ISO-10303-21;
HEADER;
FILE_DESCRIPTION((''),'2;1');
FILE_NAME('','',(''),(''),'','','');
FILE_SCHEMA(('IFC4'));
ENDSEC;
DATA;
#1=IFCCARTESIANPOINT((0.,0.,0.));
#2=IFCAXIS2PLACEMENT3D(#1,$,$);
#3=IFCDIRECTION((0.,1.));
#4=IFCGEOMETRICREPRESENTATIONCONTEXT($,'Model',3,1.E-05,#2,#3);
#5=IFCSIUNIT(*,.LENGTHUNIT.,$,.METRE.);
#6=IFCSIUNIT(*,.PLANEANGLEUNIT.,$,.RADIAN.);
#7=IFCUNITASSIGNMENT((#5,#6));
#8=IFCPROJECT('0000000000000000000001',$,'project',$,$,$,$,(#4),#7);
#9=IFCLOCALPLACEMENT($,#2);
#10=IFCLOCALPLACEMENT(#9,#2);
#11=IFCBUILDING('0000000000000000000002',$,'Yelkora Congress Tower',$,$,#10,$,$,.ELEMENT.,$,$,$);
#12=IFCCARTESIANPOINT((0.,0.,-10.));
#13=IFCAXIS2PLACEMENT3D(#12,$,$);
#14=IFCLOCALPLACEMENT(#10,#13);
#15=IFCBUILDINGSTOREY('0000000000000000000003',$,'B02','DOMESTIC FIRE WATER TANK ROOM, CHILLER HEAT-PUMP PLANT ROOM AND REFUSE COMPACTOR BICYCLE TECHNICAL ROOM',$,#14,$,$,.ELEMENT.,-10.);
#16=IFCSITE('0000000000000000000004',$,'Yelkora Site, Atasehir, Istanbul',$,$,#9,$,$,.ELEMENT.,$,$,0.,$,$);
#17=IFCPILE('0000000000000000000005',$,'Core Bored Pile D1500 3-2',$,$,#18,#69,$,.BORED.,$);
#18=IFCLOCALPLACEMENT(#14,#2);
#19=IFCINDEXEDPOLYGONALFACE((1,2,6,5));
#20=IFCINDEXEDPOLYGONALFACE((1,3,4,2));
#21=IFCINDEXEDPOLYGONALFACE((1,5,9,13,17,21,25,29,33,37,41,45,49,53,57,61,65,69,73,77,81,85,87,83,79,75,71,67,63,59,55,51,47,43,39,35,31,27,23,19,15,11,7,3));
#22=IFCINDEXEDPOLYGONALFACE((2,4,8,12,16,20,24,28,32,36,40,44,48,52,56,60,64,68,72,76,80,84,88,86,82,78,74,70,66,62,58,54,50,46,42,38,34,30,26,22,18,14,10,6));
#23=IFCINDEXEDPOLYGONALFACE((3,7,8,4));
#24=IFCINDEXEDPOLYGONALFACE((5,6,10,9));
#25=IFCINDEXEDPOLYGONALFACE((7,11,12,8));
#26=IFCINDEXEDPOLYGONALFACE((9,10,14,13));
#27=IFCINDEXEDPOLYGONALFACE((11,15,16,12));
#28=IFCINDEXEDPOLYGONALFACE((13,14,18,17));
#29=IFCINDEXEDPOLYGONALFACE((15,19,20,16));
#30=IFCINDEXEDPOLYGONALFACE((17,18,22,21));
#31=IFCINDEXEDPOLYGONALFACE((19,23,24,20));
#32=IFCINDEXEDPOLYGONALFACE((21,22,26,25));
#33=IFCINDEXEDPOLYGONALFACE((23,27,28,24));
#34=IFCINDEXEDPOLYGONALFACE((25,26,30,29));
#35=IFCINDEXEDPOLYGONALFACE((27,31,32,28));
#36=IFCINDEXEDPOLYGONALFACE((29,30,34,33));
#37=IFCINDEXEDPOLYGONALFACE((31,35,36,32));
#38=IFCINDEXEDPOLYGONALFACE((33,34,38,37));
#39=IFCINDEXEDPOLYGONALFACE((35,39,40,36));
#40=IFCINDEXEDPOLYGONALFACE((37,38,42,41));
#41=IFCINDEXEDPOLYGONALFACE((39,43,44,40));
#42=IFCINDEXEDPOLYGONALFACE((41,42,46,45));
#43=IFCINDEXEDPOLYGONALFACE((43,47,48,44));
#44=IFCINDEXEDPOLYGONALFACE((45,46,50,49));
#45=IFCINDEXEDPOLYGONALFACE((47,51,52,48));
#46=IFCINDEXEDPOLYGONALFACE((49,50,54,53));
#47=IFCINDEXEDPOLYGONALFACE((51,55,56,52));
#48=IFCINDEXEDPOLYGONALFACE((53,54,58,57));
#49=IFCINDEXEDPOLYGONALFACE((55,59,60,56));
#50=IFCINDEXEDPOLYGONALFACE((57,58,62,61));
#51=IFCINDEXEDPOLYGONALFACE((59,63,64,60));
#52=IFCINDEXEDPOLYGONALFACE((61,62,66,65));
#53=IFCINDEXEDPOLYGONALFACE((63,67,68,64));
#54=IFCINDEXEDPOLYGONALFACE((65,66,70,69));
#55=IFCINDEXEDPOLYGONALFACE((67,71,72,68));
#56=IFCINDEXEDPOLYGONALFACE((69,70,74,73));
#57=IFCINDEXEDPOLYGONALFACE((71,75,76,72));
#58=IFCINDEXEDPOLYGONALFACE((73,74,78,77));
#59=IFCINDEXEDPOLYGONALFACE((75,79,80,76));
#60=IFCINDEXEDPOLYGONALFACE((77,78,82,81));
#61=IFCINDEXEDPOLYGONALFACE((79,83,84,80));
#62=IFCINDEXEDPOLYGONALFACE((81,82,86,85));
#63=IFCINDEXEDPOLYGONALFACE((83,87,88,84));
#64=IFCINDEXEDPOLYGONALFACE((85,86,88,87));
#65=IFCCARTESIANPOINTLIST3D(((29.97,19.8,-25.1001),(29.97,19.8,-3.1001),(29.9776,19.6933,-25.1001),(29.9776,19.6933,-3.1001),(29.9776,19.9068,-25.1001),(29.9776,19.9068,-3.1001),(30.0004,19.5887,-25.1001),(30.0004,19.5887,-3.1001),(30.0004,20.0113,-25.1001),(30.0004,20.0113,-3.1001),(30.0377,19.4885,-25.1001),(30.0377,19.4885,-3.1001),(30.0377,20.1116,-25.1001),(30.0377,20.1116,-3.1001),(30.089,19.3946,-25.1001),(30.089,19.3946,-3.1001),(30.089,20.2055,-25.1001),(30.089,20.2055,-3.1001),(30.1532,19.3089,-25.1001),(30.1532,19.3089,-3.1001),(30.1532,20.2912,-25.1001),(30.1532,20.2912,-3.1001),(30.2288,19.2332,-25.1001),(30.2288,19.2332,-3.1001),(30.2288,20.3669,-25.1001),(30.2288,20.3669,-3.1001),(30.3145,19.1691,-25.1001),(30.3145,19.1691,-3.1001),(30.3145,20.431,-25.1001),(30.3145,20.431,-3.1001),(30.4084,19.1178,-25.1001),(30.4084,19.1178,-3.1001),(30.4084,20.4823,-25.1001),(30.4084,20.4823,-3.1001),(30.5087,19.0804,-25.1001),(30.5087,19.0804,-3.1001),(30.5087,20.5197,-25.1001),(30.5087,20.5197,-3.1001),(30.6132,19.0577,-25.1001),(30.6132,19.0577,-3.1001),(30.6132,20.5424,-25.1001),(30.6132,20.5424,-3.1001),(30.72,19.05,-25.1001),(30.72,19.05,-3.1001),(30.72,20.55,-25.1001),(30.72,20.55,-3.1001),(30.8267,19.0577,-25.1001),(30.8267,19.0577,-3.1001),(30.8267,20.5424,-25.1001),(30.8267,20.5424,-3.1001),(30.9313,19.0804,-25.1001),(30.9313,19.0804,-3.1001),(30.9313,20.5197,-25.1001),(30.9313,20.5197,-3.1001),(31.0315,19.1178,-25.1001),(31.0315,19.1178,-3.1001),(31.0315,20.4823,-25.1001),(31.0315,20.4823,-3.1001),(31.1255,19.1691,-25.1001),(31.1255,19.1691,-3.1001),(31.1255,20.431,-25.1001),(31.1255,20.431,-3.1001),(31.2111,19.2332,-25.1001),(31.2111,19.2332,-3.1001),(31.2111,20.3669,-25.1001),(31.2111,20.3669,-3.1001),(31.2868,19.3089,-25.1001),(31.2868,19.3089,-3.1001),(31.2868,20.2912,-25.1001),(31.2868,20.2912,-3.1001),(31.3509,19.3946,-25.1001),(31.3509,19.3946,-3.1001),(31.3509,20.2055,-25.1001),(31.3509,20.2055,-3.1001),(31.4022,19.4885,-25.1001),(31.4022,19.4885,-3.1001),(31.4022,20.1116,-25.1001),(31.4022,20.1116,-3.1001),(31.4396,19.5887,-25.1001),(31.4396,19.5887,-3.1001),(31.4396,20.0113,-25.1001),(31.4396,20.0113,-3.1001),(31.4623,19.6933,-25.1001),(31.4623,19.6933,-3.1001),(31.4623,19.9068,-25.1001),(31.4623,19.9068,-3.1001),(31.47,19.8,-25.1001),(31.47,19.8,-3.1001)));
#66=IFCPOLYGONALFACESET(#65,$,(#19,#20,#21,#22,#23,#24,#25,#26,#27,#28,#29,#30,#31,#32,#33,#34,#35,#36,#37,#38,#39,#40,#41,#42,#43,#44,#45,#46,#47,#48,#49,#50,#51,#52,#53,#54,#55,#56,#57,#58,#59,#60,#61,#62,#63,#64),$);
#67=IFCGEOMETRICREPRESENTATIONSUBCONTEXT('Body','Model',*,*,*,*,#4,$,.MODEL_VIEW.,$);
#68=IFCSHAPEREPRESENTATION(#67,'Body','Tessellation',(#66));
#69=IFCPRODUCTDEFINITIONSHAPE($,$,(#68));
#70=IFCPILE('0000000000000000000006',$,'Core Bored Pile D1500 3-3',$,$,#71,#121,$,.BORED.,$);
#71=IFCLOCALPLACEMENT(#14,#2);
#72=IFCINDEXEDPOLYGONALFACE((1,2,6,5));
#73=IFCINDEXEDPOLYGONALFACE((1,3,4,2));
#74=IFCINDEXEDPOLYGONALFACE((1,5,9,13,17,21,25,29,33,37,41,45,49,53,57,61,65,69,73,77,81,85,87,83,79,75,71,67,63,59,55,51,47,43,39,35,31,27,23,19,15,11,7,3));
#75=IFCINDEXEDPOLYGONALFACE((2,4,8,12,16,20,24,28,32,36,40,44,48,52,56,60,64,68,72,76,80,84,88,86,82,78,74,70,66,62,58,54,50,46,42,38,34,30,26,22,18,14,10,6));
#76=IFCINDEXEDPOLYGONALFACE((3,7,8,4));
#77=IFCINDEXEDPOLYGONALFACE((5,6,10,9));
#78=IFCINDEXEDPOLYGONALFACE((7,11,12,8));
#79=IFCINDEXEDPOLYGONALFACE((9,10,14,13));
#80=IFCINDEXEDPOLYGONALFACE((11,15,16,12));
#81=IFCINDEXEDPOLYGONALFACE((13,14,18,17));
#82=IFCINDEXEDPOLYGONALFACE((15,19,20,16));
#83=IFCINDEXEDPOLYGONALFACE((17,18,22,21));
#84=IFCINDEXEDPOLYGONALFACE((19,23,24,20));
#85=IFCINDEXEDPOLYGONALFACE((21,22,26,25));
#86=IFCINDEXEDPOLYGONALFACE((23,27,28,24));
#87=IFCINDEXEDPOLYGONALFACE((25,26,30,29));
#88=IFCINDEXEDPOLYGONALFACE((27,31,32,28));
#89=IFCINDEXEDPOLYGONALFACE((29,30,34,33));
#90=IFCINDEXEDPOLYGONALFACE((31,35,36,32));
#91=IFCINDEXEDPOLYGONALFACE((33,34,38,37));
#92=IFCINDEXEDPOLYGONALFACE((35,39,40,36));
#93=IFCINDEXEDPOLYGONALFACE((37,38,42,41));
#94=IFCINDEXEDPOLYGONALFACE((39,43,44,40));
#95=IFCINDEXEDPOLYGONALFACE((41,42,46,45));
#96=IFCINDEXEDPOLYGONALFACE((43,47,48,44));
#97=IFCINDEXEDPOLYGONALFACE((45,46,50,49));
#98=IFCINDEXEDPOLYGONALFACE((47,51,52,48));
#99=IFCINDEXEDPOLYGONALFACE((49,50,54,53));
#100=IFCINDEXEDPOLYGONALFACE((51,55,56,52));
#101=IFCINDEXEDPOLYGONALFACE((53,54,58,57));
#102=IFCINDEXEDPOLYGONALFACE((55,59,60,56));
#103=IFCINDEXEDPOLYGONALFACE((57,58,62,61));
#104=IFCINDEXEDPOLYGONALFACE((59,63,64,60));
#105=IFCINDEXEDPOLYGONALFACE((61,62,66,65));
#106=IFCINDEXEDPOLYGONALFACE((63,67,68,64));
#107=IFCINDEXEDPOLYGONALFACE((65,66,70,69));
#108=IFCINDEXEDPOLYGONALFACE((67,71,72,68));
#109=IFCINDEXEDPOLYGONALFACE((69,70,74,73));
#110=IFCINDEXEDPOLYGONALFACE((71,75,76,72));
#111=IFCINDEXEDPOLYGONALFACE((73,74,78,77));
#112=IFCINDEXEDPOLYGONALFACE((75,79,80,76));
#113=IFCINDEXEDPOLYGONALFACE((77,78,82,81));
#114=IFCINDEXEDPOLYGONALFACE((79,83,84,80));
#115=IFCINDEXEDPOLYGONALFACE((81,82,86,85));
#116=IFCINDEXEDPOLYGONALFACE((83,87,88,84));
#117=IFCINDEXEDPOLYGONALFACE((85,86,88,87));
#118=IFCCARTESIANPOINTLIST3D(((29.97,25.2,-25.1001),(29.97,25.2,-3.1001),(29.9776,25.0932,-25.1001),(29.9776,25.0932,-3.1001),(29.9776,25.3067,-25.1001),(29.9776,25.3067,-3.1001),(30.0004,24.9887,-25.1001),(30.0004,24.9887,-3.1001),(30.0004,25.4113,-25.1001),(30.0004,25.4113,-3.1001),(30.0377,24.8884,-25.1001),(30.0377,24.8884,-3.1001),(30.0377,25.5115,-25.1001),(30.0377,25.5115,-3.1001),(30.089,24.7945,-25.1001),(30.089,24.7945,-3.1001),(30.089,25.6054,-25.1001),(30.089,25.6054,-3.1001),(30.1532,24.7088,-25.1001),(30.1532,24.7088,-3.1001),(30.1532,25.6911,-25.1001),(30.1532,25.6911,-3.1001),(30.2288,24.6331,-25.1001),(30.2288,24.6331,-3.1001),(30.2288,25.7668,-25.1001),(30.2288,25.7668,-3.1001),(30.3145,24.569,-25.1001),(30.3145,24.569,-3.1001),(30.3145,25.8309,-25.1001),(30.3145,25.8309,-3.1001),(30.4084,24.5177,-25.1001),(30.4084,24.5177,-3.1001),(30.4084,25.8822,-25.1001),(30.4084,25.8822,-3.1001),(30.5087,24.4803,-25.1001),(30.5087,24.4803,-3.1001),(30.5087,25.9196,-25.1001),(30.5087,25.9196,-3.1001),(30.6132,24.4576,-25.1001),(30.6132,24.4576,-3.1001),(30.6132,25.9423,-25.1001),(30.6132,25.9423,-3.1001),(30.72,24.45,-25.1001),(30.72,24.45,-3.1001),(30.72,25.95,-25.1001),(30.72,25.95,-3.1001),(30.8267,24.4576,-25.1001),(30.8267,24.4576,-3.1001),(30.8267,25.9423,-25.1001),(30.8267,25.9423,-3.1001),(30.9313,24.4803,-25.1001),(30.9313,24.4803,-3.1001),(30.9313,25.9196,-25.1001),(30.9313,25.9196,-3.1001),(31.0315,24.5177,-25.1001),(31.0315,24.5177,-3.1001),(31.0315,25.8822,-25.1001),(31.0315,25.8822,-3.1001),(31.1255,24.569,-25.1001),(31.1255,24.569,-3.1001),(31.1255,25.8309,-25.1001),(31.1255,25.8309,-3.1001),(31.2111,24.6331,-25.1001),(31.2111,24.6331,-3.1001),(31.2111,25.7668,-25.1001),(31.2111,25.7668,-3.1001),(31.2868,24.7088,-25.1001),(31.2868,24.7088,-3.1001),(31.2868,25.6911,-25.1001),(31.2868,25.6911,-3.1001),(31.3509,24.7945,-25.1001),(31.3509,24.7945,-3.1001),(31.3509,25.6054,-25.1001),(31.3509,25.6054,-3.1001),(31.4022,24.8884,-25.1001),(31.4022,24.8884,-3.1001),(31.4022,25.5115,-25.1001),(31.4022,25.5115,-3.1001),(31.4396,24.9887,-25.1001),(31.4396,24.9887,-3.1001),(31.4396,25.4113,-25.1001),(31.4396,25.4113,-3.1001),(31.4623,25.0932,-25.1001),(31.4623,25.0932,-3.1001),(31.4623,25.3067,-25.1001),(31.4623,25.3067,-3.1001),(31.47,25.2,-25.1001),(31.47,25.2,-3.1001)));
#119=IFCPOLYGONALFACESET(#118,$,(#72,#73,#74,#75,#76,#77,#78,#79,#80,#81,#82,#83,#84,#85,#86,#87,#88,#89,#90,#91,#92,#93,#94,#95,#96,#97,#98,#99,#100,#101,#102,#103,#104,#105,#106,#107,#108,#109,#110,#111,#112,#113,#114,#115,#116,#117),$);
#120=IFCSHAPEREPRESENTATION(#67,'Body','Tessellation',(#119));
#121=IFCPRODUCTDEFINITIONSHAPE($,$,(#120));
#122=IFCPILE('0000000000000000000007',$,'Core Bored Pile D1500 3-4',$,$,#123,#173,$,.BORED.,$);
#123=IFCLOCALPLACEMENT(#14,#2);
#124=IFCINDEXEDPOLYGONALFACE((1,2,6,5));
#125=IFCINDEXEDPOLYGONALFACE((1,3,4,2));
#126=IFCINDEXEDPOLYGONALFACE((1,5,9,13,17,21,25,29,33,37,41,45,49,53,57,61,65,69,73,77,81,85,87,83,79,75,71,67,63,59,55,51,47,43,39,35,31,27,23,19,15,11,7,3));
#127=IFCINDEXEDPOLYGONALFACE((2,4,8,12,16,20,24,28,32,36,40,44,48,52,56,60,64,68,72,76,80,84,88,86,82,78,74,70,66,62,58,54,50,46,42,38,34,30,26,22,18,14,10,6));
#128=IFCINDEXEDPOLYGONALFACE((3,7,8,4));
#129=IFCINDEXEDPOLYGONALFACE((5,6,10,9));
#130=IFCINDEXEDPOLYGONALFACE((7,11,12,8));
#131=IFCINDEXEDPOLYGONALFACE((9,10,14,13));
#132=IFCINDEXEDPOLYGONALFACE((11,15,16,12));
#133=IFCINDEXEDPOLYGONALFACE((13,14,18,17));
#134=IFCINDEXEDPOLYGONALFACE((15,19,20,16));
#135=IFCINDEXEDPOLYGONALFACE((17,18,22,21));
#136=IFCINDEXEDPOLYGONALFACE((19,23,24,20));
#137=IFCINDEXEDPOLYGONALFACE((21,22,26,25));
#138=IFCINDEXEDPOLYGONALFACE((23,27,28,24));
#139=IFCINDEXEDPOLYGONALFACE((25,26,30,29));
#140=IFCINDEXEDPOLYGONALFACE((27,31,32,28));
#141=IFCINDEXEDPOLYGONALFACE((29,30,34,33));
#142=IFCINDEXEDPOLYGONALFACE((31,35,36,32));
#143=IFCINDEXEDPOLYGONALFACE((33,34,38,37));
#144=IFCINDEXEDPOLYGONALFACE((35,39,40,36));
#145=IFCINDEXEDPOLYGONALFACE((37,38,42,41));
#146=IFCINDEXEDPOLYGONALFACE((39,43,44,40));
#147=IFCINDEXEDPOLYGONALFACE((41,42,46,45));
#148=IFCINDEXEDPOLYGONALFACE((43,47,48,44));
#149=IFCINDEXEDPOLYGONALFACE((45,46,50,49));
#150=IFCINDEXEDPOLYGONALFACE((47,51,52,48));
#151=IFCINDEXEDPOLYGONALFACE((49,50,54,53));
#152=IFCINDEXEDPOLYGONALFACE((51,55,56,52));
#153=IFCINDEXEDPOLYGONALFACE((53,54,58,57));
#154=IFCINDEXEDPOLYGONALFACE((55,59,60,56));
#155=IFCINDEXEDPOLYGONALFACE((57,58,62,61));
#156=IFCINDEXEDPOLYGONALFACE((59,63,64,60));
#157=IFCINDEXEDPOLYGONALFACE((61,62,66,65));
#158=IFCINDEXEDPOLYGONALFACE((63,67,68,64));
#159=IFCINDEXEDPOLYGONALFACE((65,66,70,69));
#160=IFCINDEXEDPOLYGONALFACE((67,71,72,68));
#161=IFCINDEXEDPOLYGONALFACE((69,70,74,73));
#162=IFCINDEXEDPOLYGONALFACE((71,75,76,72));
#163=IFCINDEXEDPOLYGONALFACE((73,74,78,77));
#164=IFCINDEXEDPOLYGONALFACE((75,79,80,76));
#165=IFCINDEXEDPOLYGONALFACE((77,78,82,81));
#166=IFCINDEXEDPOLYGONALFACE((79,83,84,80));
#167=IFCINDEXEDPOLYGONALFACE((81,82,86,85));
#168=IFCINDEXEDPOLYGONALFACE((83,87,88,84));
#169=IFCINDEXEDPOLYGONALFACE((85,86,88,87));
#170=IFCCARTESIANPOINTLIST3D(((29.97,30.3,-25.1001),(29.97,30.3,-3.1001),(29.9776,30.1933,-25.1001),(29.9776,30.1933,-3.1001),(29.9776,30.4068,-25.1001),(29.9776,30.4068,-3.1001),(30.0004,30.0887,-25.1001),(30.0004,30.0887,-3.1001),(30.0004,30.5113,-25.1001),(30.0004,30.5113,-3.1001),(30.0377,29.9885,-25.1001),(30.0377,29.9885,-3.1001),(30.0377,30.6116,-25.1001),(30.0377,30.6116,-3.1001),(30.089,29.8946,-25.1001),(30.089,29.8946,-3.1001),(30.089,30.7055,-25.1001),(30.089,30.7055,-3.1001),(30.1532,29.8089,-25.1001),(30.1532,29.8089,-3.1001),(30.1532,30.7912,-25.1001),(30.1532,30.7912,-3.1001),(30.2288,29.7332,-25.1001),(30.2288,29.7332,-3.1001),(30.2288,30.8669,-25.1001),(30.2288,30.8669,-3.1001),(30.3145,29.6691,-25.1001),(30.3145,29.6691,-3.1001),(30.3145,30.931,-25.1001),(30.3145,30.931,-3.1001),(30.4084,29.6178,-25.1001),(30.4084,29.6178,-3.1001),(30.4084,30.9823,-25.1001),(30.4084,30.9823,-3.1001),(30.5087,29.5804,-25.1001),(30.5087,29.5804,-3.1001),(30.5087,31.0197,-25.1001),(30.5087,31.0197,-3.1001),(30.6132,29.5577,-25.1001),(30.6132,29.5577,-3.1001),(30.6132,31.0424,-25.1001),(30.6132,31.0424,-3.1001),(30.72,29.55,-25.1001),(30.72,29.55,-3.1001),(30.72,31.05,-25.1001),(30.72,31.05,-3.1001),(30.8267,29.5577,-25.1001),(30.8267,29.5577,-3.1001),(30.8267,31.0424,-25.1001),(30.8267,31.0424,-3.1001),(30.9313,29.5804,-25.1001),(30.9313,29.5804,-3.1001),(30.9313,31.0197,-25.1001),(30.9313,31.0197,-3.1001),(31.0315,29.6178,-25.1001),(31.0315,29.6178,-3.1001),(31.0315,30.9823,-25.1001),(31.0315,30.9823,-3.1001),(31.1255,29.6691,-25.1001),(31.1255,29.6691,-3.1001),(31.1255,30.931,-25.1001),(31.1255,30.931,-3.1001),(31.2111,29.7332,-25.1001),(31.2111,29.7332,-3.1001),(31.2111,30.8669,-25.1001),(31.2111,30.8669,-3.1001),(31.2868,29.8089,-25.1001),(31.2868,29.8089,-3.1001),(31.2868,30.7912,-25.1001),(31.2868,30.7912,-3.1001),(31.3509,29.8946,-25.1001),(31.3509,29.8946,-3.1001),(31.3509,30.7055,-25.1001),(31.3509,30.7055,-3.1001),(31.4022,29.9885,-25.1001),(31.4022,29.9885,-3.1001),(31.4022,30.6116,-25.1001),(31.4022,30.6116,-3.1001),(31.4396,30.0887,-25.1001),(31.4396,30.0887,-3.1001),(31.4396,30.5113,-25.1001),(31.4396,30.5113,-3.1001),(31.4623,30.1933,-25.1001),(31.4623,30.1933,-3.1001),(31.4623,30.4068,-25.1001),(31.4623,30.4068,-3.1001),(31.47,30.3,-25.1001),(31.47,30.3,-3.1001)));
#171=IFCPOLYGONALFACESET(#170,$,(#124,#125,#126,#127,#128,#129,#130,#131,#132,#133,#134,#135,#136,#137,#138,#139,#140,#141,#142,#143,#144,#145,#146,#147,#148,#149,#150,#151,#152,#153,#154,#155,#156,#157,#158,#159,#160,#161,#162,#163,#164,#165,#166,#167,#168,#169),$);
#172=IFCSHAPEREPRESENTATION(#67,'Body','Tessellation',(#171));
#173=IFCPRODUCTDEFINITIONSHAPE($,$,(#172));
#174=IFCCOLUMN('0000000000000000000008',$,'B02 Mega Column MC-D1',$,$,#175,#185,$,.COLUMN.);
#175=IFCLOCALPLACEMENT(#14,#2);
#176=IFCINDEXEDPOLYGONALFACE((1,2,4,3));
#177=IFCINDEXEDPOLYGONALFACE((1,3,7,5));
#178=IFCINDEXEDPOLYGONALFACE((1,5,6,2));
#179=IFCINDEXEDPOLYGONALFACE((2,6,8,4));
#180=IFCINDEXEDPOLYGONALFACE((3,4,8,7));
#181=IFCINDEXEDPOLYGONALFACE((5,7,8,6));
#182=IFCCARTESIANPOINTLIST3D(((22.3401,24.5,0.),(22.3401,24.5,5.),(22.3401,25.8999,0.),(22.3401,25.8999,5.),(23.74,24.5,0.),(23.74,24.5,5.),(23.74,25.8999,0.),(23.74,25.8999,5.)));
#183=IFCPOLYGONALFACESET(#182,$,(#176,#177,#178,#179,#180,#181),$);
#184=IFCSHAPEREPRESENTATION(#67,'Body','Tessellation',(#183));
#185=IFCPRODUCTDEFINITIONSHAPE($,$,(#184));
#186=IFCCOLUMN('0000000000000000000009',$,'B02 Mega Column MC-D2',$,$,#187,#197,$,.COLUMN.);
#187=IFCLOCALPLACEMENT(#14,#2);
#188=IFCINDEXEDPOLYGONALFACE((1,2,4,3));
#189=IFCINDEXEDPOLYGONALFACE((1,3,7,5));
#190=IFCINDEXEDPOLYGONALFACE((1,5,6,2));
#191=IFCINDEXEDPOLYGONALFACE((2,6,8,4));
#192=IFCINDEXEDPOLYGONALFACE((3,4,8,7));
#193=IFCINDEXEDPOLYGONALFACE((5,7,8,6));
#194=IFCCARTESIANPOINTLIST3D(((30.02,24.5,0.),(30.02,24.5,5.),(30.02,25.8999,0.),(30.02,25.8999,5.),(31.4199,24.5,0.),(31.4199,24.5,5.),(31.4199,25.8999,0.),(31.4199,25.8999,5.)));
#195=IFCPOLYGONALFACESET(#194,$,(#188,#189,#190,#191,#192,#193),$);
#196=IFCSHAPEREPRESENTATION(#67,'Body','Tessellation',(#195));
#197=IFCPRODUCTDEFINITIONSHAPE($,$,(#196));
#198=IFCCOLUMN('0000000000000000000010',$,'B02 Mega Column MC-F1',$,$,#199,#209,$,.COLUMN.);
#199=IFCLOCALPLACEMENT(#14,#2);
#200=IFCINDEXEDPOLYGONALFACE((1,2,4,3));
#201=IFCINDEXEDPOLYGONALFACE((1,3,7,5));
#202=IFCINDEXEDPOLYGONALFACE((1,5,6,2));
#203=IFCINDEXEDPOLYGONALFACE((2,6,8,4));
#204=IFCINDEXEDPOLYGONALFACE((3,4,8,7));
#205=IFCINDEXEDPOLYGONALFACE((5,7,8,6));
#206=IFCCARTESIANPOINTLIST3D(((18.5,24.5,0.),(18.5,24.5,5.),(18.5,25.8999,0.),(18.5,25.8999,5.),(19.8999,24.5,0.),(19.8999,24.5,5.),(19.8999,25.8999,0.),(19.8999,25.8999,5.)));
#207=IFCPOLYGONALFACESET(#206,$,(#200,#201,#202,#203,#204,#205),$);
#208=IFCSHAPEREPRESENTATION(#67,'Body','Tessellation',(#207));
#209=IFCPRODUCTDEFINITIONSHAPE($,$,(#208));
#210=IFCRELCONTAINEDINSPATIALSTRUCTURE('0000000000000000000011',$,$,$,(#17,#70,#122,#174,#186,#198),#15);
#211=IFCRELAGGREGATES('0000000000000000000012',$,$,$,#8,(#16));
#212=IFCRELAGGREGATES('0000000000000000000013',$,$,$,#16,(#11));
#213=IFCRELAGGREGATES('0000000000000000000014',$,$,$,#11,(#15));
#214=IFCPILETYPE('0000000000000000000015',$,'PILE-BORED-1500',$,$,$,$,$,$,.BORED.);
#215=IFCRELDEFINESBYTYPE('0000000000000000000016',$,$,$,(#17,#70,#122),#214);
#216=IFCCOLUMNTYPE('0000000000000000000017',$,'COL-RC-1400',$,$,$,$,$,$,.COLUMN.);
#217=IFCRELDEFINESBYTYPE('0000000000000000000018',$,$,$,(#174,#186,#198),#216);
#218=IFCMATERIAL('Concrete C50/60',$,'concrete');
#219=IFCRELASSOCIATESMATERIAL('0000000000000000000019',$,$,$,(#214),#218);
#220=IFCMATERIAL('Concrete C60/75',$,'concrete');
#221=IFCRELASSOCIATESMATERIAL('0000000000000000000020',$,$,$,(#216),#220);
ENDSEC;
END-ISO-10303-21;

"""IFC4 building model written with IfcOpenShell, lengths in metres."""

from ifc_helpers import new_model, si_unit, direction, frame, origin, origin_2d, place, context, subcontext, project, spatial, rectangle, circle, extrude, material, material_profile, profile_set, type_object, element, save


model = new_model("IFC4")

# Units and contexts
model_context = context("Model", 3, precision=1e-05, world=origin(), true_north=direction((0.0, 1.0)))
body_context = subcontext(model_context, "Body", "Model", "MODEL_VIEW")
ifc_project = project(units=[si_unit("LENGTHUNIT", "METRE"), si_unit("PLANEANGLEUNIT", "RADIAN")], contexts=[model_context])

# Site, building, storey
site_placement = place(None, origin())
site = spatial("IfcSite", under=ifc_project, at=site_placement, Name="Yelkora Site, Atasehir, Istanbul", CompositionType="ELEMENT", RefElevation=0.0)
building_placement = place(site_placement, origin())
building = spatial("IfcBuilding", under=site, at=building_placement, Name="Yelkora Congress Tower", CompositionType="ELEMENT")
storey_placement = place(building_placement, frame((0.0, 0.0, -10.0)))
storey = spatial("IfcBuildingStorey", under=building, at=storey_placement, Name="B02", Description="DOMESTIC FIRE WATER TANK ROOM, CHILLER HEAT-PUMP PLANT ROOM AND REFUSE COMPACTOR BICYCLE TECHNICAL ROOM", CompositionType="ELEMENT", Elevation=-10.0)

# Piles
ifc_material_1 = material(Name="Concrete C50/60", Category="concrete")
ifc_material_profile_1 = material_profile(ifc_material_1, circle(Radius=0.75, at=origin_2d()), Name="PILE D1500")
ifc_profile_set_1 = profile_set([ifc_material_profile_1], Name="Concrete C50/60")
pile_type = type_object("IfcPileType", Name="PILE-BORED-1500", PredefinedType="BORED", material=ifc_profile_set_1)
for number, where, z_axis, x_axis, name in (
    (1, (30.72, 19.8, -3.1001), (0.0, 0.0, -1.0), (1.0, 0.0, 0.0), "Core Bored Pile D1500 3-2"),
    (2, (30.72, 25.2, -3.1001), (0.0, 0.0, -1.0), (1.0, 0.0, 0.0), "Core Bored Pile D1500 3-3"),
    (3, (30.72, 30.3, -3.1001), (0.0, 0.0, -1.0), (1.0, 0.0, 0.0), "Core Bored Pile D1500 3-4"),
):
    element("IfcPile", number, at=place(storey_placement, frame(where, z_axis=z_axis, x_axis=x_axis)), inside=storey, type_object=pile_type, Name=name, PredefinedType="BORED", context=body_context, shape_type="SweptSolid", body=[
        extrude(circle(Radius=0.75, at=origin_2d()), origin(), (0.0, 0.0, 1.0), 22.0),
    ])

# Columns
ifc_material_2 = material(Name="Concrete C60/75", Category="concrete")
ifc_material_profile_2 = material_profile(ifc_material_2, rectangle(XDim=1.3999, YDim=1.3999, at=origin_2d()), Name="RC 1400x1400")
ifc_profile_set_2 = profile_set([ifc_material_profile_2], Name="Concrete C60/75")
column_type = type_object("IfcColumnType", Name="COL-RC-1400", PredefinedType="COLUMN", material=ifc_profile_set_2)
for number, where, z_axis, x_axis, name in (
    (4, (23.04, 25.2, 0.0), (0.0, 0.0, 1.0), (1.0, 0.0, 0.0), "B02 Mega Column MC-D1"),
    (5, (30.72, 25.2, 0.0), (0.0, 0.0, 1.0), (1.0, 0.0, 0.0), "B02 Mega Column MC-D2"),
    (6, (19.2, 25.2, 0.0), (0.0, 0.0, 1.0), (1.0, 0.0, 0.0), "B02 Mega Column MC-F1"),
):
    element("IfcColumn", number, at=place(storey_placement, frame(where, z_axis=z_axis, x_axis=x_axis)), inside=storey, type_object=column_type, Name=name, PredefinedType="COLUMN", context=body_context, shape_type="SweptSolid", body=[
        extrude(rectangle(XDim=1.3999, YDim=1.3999, at=origin_2d()), origin(), (0.0, 0.0, 1.0), 5.0),
    ])

save(model, "model.ifc")
